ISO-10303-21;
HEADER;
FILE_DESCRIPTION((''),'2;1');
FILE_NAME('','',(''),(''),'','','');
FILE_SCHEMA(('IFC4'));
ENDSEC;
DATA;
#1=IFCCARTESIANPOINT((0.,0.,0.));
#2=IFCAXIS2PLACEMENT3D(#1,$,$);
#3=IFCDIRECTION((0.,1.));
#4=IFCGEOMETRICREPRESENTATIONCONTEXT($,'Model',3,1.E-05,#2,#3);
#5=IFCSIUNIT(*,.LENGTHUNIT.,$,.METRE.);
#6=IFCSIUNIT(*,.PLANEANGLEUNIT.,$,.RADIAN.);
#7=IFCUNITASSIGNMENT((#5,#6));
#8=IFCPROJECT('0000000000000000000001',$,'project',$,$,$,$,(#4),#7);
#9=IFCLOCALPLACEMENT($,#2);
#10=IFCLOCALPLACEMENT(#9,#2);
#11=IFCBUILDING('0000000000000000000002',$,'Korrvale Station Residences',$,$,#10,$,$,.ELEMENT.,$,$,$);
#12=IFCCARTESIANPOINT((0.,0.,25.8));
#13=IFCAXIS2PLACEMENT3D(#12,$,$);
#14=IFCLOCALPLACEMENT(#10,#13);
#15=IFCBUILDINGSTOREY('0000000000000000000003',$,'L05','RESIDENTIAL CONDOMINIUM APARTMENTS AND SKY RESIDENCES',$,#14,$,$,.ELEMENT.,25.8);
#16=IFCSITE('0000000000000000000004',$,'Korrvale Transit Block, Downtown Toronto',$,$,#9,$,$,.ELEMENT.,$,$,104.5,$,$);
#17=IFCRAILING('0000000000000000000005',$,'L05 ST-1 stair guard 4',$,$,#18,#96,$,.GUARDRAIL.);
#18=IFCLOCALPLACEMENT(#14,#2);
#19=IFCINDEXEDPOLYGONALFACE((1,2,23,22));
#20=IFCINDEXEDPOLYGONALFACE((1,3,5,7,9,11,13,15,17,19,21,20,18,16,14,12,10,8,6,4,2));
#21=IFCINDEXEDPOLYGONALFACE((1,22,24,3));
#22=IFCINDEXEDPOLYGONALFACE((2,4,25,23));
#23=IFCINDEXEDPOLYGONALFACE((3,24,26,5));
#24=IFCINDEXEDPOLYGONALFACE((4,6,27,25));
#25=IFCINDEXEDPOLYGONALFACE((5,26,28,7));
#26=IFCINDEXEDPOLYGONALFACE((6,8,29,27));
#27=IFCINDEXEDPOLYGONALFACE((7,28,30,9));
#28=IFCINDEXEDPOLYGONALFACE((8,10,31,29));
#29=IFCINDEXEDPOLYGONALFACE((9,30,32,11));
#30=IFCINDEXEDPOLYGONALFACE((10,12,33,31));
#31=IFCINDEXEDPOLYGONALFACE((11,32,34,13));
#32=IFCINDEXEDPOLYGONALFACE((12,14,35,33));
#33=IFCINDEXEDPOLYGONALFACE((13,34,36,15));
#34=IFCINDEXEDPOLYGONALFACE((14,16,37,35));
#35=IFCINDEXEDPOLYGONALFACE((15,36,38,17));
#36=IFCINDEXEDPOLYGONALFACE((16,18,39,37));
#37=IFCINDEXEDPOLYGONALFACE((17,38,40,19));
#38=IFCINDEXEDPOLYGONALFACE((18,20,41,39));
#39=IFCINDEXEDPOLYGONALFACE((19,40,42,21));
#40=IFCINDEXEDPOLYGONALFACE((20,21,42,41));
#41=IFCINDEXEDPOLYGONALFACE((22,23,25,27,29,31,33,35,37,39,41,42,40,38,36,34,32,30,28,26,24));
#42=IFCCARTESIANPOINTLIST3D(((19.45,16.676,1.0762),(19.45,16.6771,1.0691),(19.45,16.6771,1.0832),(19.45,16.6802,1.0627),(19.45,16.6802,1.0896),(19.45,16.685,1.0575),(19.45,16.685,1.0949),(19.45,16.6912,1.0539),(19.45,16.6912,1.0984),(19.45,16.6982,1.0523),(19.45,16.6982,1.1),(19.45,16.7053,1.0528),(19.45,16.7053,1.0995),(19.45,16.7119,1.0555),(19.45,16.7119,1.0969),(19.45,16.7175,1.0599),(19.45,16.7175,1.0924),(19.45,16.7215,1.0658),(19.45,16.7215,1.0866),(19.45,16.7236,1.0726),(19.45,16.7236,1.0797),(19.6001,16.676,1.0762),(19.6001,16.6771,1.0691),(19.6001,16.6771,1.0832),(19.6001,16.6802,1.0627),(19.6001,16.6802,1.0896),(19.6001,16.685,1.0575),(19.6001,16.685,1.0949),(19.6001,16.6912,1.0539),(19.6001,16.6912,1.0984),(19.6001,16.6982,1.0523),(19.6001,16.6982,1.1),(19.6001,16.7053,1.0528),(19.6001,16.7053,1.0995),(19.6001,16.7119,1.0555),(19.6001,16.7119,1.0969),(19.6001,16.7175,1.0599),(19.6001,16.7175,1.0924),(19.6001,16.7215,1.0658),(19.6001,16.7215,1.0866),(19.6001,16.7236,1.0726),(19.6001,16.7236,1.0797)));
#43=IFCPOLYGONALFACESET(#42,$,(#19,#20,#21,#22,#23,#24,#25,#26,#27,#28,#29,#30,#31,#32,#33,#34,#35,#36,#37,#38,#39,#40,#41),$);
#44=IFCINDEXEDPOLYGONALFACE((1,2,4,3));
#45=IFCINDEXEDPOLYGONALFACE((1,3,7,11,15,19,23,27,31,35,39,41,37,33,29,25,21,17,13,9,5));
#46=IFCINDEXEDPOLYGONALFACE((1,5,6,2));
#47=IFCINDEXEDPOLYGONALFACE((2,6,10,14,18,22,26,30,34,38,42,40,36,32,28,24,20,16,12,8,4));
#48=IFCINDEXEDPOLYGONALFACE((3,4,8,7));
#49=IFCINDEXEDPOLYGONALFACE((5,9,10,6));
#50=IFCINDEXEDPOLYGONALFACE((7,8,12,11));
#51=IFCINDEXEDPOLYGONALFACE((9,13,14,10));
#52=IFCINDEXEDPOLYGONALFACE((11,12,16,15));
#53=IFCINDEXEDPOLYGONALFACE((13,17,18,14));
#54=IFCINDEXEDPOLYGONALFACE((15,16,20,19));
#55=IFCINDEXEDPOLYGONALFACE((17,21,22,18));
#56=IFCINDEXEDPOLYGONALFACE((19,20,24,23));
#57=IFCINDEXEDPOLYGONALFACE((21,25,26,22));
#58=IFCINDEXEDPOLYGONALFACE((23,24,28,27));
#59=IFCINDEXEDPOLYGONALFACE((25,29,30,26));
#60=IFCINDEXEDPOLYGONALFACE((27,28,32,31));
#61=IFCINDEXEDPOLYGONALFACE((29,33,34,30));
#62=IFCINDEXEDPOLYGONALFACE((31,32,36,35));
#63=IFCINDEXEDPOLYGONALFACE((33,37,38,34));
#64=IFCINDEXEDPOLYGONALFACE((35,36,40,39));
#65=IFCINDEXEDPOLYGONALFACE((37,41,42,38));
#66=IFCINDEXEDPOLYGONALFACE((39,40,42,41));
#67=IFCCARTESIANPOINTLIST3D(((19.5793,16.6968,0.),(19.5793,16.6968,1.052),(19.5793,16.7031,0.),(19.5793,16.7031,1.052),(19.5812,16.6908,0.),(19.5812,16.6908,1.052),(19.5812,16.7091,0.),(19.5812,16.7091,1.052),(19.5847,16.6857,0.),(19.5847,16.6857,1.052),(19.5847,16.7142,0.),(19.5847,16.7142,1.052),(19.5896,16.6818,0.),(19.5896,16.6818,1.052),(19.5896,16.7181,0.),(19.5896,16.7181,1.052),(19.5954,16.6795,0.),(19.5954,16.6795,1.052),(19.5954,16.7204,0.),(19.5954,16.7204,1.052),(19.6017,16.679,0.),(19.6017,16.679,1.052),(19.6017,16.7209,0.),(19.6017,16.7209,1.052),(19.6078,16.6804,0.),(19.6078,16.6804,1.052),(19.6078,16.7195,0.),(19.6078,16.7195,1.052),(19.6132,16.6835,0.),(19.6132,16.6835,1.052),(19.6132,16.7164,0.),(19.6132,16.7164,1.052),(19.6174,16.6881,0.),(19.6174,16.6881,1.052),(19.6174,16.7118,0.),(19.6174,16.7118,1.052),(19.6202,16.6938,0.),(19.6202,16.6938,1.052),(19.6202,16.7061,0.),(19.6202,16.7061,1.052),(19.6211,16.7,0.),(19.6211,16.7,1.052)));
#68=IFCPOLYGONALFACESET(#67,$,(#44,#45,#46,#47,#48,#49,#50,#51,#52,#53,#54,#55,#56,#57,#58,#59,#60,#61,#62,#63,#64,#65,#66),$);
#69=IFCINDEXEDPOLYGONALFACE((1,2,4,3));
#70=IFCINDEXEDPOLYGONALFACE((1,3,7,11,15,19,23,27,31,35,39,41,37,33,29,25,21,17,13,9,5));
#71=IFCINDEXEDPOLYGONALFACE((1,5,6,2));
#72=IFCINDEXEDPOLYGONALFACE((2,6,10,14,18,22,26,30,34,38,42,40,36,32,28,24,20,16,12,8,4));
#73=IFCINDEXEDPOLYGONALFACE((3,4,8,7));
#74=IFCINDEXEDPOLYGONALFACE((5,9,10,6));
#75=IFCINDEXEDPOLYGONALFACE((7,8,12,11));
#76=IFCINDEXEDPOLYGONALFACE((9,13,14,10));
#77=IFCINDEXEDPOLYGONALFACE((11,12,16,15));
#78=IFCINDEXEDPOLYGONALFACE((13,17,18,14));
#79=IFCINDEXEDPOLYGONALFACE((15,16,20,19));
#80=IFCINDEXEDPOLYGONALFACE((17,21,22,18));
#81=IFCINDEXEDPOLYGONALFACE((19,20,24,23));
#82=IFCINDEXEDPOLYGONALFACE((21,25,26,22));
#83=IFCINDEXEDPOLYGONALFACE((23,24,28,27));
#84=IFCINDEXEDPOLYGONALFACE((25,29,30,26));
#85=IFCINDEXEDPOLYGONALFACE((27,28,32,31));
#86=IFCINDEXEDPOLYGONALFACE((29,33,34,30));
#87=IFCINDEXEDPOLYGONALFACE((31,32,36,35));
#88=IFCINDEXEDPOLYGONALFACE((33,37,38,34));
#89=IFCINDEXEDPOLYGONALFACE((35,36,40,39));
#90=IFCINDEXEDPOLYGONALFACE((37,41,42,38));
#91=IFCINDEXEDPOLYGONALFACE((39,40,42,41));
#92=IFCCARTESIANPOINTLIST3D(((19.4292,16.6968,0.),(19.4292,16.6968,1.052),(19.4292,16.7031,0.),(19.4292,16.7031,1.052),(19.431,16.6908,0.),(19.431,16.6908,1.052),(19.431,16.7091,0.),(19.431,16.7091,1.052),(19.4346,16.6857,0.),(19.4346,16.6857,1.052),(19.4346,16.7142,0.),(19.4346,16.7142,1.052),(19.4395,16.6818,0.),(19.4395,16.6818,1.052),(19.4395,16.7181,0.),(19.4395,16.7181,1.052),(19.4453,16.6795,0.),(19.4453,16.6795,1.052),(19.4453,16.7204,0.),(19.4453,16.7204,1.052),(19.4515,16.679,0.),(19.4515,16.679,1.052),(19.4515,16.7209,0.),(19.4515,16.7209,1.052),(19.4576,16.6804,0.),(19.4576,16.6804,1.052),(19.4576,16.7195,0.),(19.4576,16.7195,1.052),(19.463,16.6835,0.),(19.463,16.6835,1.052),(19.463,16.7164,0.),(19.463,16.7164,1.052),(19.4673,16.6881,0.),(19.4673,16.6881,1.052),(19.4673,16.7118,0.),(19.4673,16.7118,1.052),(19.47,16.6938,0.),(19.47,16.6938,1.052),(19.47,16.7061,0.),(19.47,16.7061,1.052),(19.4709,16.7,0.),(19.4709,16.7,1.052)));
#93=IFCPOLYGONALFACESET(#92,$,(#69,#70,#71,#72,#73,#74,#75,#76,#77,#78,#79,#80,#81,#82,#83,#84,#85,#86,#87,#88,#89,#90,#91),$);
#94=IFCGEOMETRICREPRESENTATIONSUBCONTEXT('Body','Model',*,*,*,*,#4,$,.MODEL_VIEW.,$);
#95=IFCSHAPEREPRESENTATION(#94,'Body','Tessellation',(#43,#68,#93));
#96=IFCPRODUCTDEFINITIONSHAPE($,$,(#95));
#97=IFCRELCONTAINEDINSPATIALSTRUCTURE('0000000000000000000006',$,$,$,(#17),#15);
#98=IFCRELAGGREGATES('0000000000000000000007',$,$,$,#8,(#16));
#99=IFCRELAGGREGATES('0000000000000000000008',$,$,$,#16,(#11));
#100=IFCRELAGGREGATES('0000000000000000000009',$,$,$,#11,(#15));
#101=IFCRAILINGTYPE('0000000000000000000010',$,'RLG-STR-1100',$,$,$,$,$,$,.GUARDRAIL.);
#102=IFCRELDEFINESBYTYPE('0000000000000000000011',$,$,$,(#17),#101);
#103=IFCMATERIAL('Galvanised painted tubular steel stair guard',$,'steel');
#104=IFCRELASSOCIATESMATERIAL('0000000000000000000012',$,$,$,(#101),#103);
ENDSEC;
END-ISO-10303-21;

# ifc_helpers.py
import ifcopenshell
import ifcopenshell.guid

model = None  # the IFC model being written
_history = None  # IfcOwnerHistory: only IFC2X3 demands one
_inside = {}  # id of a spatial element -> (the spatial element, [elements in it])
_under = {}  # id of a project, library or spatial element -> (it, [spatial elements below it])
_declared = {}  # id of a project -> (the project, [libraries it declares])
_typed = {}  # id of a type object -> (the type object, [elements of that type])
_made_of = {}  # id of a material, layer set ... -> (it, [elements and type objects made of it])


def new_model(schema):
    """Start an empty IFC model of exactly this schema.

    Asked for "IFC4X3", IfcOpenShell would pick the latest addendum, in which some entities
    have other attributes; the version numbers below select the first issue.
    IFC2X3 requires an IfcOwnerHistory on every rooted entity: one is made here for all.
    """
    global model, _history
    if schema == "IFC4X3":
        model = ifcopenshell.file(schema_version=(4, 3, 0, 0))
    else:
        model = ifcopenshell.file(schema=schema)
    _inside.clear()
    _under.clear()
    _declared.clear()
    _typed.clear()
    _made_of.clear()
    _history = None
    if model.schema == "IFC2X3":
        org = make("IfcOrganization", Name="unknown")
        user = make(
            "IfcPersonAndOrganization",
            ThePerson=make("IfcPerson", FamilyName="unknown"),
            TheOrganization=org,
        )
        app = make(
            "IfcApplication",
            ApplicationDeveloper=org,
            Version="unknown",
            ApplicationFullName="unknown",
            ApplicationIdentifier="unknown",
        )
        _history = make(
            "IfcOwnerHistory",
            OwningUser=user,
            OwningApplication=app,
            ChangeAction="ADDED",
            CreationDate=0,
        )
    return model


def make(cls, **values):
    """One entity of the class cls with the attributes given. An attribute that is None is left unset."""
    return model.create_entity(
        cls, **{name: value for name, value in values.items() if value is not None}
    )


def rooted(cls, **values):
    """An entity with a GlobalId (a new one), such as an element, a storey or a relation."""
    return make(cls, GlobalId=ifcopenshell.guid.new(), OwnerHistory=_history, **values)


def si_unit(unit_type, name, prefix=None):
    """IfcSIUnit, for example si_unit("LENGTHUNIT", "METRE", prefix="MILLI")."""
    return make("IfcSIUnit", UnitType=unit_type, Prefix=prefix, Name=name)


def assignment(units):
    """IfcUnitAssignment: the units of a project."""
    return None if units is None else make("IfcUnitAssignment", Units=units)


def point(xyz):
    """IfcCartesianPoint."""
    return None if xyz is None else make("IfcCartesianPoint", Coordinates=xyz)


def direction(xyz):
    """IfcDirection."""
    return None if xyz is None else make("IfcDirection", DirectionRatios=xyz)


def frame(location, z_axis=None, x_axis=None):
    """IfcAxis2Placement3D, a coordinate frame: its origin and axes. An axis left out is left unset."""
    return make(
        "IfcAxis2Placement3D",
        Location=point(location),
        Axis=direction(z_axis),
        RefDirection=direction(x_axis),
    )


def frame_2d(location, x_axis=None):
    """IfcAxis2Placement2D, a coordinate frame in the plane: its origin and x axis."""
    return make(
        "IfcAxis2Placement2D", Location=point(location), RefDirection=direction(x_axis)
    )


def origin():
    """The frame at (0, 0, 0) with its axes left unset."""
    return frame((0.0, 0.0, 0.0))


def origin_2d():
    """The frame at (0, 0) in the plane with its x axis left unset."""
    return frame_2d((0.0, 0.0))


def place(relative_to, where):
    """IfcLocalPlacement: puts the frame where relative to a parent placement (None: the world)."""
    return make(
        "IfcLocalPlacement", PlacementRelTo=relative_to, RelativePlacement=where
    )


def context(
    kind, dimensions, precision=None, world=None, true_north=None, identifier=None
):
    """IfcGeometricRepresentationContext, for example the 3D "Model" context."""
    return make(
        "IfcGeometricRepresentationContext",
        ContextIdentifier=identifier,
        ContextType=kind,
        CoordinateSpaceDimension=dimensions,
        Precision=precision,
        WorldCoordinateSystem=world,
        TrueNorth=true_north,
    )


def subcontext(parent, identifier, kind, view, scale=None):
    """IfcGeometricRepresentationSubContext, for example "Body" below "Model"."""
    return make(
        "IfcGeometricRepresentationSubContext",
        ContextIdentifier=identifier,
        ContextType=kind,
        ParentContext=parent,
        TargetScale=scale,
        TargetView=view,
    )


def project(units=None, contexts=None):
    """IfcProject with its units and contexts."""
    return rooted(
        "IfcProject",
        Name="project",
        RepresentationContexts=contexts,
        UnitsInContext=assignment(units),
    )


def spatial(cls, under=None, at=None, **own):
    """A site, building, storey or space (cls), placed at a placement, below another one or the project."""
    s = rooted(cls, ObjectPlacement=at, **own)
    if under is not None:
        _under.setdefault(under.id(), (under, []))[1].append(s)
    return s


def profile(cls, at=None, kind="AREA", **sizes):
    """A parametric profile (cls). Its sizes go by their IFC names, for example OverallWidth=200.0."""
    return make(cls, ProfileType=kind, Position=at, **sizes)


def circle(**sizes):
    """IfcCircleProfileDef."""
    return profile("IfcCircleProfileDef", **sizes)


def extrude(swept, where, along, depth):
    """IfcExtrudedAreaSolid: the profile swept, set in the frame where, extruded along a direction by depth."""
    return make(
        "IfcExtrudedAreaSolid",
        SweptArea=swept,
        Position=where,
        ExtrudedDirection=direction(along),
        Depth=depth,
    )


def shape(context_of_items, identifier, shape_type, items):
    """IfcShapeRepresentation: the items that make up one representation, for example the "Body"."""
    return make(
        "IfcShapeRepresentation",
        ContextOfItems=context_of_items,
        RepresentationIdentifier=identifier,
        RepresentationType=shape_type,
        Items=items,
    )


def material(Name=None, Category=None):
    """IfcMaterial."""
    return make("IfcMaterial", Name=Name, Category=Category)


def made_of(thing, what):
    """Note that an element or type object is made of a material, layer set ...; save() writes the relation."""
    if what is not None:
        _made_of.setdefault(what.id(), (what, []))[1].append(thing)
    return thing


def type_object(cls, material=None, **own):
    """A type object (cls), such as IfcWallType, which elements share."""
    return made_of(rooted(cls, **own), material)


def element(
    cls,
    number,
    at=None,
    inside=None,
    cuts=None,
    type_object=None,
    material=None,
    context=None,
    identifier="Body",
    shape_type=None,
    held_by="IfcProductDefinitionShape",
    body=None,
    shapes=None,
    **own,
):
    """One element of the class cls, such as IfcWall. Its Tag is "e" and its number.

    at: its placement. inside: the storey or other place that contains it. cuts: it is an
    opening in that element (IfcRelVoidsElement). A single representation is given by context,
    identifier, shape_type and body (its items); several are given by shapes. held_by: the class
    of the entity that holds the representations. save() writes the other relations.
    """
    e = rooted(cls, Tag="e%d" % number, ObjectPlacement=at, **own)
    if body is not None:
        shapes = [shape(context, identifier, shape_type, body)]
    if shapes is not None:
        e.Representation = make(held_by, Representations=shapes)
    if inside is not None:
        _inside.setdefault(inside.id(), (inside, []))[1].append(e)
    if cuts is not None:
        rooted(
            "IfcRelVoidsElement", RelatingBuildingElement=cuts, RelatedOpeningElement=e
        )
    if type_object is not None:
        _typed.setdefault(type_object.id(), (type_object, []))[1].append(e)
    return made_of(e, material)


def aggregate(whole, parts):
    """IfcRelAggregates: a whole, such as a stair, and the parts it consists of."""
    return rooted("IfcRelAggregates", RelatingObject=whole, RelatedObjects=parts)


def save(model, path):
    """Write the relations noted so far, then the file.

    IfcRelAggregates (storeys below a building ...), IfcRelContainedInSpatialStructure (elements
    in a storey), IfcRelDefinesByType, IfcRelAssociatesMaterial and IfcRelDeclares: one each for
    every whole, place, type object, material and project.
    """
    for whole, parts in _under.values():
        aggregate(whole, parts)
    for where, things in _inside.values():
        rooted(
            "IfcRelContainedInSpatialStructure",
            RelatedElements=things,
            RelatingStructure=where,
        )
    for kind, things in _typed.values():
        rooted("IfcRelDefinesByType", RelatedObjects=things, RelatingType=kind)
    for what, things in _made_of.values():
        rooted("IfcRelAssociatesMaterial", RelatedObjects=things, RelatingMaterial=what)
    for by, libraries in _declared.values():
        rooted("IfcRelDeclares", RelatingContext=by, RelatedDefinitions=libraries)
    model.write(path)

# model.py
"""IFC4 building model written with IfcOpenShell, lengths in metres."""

from ifc_helpers import new_model, si_unit, direction, frame, origin, origin_2d, place, context, subcontext, project, spatial, circle, extrude, material, type_object, element, save


model = new_model("IFC4")

# Units and contexts
model_context = context("Model", 3, precision=1e-05, world=origin(), true_north=direction((0.0, 1.0)))
body_context = subcontext(model_context, "Body", "Model", "MODEL_VIEW")
ifc_project = project(units=[si_unit("LENGTHUNIT", "METRE"), si_unit("PLANEANGLEUNIT", "RADIAN")], contexts=[model_context])

# Site, building, storey
site_placement = place(None, origin())
site = spatial("IfcSite", under=ifc_project, at=site_placement, Name="Korrvale Transit Block, Downtown Toronto", CompositionType="ELEMENT", RefElevation=104.5)
building_placement = place(site_placement, origin())
building = spatial("IfcBuilding", under=site, at=building_placement, Name="Korrvale Station Residences", CompositionType="ELEMENT")
storey_placement = place(building_placement, frame((0.0, 0.0, 25.8)))
storey = spatial("IfcBuildingStorey", under=building, at=storey_placement, Name="L05", Description="RESIDENTIAL CONDOMINIUM APARTMENTS AND SKY RESIDENCES", CompositionType="ELEMENT", Elevation=25.8)

# Railing
ifc_material_1 = material(Name="Galvanised painted tubular steel stair guard", Category="steel")
railing_type_1 = type_object("IfcRailingType", Name="RLG-STR-1100", PredefinedType="GUARDRAIL", material=ifc_material_1)
railing_1_placement = place(storey_placement, frame((19.6001, 16.7, 0.0)))
element("IfcRailing", 1, at=railing_1_placement, inside=storey, type_object=railing_type_1, Name="L05 ST-1 stair guard 4", PredefinedType="GUARDRAIL", context=body_context, shape_type="SweptSolid", body=[
    extrude(circle(Radius=0.0239, at=origin_2d()), frame((0.0, 0.0, 1.0762), z_axis=(-1.0, 0.0, 0.0), x_axis=(0.0, -1.0, 0.0)), (0.0, 0.0, 1.0), 0.1501),
    extrude(circle(Radius=0.021, at=origin_2d()), origin(), (0.0, 0.0, 1.0), 1.052),
    extrude(circle(Radius=0.021, at=origin_2d()), frame((-0.1501, 0.0, 0.0)), (0.0, 0.0, 1.0), 1.052),
])

save(model, "model.ifc")
